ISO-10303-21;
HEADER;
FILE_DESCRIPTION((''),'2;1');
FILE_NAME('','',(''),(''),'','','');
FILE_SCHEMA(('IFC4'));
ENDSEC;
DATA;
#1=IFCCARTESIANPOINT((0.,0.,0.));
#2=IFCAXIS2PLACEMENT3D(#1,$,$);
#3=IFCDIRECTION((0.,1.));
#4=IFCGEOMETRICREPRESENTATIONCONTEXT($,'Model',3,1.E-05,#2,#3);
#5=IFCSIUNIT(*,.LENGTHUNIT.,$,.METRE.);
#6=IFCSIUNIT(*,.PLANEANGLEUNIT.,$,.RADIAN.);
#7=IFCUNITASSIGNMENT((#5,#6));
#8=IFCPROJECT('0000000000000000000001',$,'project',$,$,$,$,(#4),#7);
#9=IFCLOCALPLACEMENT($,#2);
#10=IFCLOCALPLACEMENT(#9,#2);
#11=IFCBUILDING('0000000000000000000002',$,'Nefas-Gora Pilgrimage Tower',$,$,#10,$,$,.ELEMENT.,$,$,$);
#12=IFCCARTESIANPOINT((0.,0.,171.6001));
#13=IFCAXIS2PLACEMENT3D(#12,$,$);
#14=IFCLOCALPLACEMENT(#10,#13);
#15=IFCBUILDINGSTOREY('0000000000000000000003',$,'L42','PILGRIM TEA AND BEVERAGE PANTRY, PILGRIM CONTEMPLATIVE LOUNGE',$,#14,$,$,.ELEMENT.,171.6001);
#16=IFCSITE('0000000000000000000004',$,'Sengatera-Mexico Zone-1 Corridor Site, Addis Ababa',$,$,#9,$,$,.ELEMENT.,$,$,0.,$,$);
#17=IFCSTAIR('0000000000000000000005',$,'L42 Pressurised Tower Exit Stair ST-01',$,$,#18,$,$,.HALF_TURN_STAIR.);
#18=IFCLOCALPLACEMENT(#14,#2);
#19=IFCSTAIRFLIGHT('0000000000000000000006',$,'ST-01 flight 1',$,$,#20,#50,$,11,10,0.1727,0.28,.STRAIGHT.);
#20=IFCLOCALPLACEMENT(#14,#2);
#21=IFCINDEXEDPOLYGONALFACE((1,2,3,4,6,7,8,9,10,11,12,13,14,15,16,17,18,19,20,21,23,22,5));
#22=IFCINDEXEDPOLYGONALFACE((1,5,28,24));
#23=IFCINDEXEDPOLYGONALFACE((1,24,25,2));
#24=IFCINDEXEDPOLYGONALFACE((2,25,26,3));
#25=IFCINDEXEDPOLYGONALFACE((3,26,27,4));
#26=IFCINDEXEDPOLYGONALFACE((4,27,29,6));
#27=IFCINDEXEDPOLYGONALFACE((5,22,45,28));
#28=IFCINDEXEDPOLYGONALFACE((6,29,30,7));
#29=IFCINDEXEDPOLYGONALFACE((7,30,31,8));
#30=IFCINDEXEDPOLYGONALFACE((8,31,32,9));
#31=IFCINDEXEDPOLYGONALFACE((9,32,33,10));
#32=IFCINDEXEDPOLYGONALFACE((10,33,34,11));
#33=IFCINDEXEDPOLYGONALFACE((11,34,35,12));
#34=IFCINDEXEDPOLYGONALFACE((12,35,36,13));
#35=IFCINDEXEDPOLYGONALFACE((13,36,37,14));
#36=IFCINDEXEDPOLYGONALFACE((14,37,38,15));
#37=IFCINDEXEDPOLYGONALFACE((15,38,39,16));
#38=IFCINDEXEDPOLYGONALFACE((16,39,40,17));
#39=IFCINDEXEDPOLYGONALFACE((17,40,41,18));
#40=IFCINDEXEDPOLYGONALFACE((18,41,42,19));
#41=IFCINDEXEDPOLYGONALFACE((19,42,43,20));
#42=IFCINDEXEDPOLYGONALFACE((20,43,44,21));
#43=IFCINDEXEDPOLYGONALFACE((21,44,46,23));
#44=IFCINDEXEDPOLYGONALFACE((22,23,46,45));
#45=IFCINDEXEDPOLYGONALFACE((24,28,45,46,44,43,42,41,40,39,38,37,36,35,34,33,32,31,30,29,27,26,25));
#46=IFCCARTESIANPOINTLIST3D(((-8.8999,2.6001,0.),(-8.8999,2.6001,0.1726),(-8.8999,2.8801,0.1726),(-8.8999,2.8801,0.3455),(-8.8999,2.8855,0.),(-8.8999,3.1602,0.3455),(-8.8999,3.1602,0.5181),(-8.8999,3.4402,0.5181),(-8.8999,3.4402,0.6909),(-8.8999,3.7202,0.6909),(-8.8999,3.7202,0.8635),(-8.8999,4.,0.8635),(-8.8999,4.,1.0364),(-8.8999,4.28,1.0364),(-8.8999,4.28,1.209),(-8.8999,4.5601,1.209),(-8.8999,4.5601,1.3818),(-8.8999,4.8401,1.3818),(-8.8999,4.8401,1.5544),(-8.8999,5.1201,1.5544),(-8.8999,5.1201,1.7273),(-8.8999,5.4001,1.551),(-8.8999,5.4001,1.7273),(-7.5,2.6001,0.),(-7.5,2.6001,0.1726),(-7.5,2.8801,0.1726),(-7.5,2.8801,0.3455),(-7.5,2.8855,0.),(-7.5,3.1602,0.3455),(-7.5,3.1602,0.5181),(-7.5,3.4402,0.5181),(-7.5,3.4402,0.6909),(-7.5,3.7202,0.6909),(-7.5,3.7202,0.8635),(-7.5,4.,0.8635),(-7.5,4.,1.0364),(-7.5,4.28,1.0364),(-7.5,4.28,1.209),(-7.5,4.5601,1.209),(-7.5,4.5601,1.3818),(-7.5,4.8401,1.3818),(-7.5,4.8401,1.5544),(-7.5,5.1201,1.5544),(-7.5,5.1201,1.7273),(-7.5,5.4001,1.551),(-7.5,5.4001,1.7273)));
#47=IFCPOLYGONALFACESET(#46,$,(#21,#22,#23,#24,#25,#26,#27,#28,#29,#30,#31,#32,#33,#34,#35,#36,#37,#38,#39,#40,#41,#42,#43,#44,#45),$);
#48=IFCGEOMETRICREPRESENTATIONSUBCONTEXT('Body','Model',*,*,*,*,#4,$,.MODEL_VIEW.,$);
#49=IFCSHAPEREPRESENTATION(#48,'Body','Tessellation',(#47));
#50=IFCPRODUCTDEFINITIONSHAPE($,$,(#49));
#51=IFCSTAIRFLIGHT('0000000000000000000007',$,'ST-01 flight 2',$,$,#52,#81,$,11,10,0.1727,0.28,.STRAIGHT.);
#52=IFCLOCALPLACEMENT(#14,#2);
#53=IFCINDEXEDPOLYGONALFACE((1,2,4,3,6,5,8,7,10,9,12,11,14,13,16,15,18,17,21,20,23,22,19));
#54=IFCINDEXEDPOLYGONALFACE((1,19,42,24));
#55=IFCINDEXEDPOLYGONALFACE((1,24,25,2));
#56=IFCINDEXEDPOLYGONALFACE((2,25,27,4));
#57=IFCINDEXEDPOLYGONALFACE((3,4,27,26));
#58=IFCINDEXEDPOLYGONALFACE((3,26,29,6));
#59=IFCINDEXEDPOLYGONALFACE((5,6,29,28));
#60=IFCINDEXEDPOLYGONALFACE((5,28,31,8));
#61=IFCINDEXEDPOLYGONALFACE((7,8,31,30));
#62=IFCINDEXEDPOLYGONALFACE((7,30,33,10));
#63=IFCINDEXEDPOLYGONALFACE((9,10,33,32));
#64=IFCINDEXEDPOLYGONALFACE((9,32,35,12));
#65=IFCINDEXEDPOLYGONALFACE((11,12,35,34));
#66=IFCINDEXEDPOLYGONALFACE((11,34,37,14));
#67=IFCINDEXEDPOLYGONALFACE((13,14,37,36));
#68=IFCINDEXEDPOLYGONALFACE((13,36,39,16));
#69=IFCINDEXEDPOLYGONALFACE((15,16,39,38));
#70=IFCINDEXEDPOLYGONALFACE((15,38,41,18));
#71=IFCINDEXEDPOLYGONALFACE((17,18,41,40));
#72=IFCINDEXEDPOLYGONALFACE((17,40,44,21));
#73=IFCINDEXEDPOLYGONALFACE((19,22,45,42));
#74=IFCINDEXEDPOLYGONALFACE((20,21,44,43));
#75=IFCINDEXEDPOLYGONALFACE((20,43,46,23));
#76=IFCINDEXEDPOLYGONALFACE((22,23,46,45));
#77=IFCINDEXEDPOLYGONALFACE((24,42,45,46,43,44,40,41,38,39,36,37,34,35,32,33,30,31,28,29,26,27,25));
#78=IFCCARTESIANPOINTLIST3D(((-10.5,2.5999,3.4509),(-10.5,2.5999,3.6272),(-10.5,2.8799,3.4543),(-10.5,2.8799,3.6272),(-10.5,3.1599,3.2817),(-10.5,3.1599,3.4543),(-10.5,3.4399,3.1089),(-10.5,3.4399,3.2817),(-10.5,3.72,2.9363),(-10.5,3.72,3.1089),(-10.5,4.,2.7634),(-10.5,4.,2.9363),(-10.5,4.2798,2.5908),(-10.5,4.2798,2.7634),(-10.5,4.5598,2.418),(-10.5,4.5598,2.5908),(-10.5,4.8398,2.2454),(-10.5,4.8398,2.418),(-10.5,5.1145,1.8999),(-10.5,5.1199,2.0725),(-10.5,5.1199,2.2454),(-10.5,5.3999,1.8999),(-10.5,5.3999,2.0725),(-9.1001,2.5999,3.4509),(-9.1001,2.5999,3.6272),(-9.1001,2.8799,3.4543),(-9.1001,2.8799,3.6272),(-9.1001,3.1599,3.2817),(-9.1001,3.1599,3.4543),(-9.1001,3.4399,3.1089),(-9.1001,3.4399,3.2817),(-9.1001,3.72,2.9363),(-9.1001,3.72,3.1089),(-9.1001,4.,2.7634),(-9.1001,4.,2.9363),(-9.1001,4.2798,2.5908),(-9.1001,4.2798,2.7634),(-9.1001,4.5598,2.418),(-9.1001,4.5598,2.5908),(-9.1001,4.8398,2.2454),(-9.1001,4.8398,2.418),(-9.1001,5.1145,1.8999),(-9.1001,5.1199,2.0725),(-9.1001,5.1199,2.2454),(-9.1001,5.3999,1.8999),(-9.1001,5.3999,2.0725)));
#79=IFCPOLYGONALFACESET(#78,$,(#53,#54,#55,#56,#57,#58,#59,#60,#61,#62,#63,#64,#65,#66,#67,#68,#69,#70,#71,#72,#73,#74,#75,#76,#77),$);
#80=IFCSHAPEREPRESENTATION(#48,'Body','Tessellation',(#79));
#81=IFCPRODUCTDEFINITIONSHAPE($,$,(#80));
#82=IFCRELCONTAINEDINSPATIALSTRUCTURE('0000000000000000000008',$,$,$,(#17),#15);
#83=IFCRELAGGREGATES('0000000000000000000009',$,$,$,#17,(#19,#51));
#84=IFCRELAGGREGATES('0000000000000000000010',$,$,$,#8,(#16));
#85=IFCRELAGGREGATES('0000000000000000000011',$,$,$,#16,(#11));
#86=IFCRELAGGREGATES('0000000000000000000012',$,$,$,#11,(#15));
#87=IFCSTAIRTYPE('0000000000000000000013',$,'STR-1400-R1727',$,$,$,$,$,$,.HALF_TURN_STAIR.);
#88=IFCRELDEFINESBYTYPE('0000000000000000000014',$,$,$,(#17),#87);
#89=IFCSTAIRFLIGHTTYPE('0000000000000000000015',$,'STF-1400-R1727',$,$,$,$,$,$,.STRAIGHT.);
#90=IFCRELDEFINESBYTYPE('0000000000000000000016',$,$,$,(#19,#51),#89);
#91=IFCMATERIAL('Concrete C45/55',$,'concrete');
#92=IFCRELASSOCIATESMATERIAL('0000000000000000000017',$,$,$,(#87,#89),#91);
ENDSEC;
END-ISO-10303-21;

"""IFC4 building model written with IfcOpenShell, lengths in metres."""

from ifc_helpers import new_model, si_unit, direction, frame, origin, place, context, subcontext, project, spatial, polyline, outline, extrude, source, transform, mapped, material, type_object, element, aggregate, save


model = new_model("IFC4")

# Units and contexts
model_context = context("Model", 3, precision=1e-05, world=origin(), true_north=direction((0.0, 1.0)))
body_context = subcontext(model_context, "Body", "Model", "MODEL_VIEW")
ifc_project = project(units=[si_unit("LENGTHUNIT", "METRE"), si_unit("PLANEANGLEUNIT", "RADIAN")], contexts=[model_context])

# Site, building, storey
site_placement = place(None, origin())
site = spatial("IfcSite", under=ifc_project, at=site_placement, Name="Sengatera-Mexico Zone-1 Corridor Site, Addis Ababa", CompositionType="ELEMENT", RefElevation=0.0)
building_placement = place(site_placement, origin())
building = spatial("IfcBuilding", under=site, at=building_placement, Name="Nefas-Gora Pilgrimage Tower", CompositionType="ELEMENT")
storey_placement = place(building_placement, frame((0.0, 0.0, 171.6001)))
storey = spatial("IfcBuildingStorey", under=building, at=storey_placement, Name="L42", Description="PILGRIM TEA AND BEVERAGE PANTRY, PILGRIM CONTEMPLATIVE LOUNGE", CompositionType="ELEMENT", Elevation=171.6001)

# Shared definitions
ifc_material_1 = material(Name="Concrete C45/55", Category="concrete")

# Stair, stair flights
stair_type = type_object("IfcStairType", Name="STR-1400-R1727", PredefinedType="HALF_TURN_STAIR", material=ifc_material_1)
stair_placement = place(storey_placement, origin())
stair = element("IfcStair", 1, at=stair_placement, inside=storey, type_object=stair_type, Name="L42 Pressurised Tower Exit Stair ST-01", PredefinedType="HALF_TURN_STAIR")
stair_flight_type = type_object("IfcStairFlightType", Name="STF-1400-R1727", PredefinedType="STRAIGHT", material=ifc_material_1)
shared_shape_1 = source(origin(), body_context, "Body", "SweptSolid", [
    extrude(outline(polyline([(0.0, 0.0), (0.0, 0.1726), (0.28, 0.1726), (0.28, 0.3455), (0.5601, 0.3455), (0.5601, 0.5181), (0.8401, 0.5181), (0.8401, 0.6909), (1.1201, 0.6909), (1.1201, 0.8635), (1.3999, 0.8635), (1.3999, 1.0364), (1.6799, 1.0364), (1.6799, 1.209), (1.96, 1.209), (1.96, 1.3818), (2.24, 1.3818), (2.24, 1.5544), (2.52, 1.5544), (2.52, 1.7273), (2.8, 1.7273), (2.8, 1.8999), (2.8, 1.551), (0.2854, 0.0), (0.0, 0.0)])), frame((0.0, 0.7, 0.0), z_axis=(0.0, -1.0, 0.0), x_axis=(1.0, 0.0, 0.0)), (0.0, 0.0, 1.0), 1.3999),
])
stair_flight_1_placement = place(storey_placement, frame((-8.2, 2.6001, 0.0), z_axis=(0.0, 0.0, 1.0), x_axis=(0.0, 1.0, 0.0)))
stair_flight_1 = element("IfcStairFlight", 2, at=stair_flight_1_placement, type_object=stair_flight_type, Name="ST-01 flight 1", NumberOfRisers=11, NumberOfTreads=10, PredefinedType="STRAIGHT", RiserHeight=0.1727, TreadLength=0.28, context=body_context, shape_type="MappedRepresentation", body=[
    mapped(shared_shape_1, transform((0.0, 0.0, 0.0), x_axis=(1.0, 0.0, 0.0), y_axis=(0.0, 1.0, 0.0), z_axis=(0.0, 0.0, 1.0), scale=1.0)),
])
stair_flight_2_placement = place(storey_placement, frame((-9.8, 5.3999, 1.8999), z_axis=(0.0, 0.0, 1.0), x_axis=(0.0, -1.0, 0.0)))
stair_flight_2 = element("IfcStairFlight", 3, at=stair_flight_2_placement, type_object=stair_flight_type, Name="ST-01 flight 2", NumberOfRisers=11, NumberOfTreads=10, PredefinedType="STRAIGHT", RiserHeight=0.1727, TreadLength=0.28, context=body_context, shape_type="MappedRepresentation", body=[
    mapped(shared_shape_1, transform((0.0, 0.0, 0.0), x_axis=(1.0, 0.0, 0.0), y_axis=(0.0, 1.0, 0.0), z_axis=(0.0, 0.0, 1.0), scale=1.0)),
])
aggregate(stair, [stair_flight_1, stair_flight_2])

save(model, "model.ifc")
